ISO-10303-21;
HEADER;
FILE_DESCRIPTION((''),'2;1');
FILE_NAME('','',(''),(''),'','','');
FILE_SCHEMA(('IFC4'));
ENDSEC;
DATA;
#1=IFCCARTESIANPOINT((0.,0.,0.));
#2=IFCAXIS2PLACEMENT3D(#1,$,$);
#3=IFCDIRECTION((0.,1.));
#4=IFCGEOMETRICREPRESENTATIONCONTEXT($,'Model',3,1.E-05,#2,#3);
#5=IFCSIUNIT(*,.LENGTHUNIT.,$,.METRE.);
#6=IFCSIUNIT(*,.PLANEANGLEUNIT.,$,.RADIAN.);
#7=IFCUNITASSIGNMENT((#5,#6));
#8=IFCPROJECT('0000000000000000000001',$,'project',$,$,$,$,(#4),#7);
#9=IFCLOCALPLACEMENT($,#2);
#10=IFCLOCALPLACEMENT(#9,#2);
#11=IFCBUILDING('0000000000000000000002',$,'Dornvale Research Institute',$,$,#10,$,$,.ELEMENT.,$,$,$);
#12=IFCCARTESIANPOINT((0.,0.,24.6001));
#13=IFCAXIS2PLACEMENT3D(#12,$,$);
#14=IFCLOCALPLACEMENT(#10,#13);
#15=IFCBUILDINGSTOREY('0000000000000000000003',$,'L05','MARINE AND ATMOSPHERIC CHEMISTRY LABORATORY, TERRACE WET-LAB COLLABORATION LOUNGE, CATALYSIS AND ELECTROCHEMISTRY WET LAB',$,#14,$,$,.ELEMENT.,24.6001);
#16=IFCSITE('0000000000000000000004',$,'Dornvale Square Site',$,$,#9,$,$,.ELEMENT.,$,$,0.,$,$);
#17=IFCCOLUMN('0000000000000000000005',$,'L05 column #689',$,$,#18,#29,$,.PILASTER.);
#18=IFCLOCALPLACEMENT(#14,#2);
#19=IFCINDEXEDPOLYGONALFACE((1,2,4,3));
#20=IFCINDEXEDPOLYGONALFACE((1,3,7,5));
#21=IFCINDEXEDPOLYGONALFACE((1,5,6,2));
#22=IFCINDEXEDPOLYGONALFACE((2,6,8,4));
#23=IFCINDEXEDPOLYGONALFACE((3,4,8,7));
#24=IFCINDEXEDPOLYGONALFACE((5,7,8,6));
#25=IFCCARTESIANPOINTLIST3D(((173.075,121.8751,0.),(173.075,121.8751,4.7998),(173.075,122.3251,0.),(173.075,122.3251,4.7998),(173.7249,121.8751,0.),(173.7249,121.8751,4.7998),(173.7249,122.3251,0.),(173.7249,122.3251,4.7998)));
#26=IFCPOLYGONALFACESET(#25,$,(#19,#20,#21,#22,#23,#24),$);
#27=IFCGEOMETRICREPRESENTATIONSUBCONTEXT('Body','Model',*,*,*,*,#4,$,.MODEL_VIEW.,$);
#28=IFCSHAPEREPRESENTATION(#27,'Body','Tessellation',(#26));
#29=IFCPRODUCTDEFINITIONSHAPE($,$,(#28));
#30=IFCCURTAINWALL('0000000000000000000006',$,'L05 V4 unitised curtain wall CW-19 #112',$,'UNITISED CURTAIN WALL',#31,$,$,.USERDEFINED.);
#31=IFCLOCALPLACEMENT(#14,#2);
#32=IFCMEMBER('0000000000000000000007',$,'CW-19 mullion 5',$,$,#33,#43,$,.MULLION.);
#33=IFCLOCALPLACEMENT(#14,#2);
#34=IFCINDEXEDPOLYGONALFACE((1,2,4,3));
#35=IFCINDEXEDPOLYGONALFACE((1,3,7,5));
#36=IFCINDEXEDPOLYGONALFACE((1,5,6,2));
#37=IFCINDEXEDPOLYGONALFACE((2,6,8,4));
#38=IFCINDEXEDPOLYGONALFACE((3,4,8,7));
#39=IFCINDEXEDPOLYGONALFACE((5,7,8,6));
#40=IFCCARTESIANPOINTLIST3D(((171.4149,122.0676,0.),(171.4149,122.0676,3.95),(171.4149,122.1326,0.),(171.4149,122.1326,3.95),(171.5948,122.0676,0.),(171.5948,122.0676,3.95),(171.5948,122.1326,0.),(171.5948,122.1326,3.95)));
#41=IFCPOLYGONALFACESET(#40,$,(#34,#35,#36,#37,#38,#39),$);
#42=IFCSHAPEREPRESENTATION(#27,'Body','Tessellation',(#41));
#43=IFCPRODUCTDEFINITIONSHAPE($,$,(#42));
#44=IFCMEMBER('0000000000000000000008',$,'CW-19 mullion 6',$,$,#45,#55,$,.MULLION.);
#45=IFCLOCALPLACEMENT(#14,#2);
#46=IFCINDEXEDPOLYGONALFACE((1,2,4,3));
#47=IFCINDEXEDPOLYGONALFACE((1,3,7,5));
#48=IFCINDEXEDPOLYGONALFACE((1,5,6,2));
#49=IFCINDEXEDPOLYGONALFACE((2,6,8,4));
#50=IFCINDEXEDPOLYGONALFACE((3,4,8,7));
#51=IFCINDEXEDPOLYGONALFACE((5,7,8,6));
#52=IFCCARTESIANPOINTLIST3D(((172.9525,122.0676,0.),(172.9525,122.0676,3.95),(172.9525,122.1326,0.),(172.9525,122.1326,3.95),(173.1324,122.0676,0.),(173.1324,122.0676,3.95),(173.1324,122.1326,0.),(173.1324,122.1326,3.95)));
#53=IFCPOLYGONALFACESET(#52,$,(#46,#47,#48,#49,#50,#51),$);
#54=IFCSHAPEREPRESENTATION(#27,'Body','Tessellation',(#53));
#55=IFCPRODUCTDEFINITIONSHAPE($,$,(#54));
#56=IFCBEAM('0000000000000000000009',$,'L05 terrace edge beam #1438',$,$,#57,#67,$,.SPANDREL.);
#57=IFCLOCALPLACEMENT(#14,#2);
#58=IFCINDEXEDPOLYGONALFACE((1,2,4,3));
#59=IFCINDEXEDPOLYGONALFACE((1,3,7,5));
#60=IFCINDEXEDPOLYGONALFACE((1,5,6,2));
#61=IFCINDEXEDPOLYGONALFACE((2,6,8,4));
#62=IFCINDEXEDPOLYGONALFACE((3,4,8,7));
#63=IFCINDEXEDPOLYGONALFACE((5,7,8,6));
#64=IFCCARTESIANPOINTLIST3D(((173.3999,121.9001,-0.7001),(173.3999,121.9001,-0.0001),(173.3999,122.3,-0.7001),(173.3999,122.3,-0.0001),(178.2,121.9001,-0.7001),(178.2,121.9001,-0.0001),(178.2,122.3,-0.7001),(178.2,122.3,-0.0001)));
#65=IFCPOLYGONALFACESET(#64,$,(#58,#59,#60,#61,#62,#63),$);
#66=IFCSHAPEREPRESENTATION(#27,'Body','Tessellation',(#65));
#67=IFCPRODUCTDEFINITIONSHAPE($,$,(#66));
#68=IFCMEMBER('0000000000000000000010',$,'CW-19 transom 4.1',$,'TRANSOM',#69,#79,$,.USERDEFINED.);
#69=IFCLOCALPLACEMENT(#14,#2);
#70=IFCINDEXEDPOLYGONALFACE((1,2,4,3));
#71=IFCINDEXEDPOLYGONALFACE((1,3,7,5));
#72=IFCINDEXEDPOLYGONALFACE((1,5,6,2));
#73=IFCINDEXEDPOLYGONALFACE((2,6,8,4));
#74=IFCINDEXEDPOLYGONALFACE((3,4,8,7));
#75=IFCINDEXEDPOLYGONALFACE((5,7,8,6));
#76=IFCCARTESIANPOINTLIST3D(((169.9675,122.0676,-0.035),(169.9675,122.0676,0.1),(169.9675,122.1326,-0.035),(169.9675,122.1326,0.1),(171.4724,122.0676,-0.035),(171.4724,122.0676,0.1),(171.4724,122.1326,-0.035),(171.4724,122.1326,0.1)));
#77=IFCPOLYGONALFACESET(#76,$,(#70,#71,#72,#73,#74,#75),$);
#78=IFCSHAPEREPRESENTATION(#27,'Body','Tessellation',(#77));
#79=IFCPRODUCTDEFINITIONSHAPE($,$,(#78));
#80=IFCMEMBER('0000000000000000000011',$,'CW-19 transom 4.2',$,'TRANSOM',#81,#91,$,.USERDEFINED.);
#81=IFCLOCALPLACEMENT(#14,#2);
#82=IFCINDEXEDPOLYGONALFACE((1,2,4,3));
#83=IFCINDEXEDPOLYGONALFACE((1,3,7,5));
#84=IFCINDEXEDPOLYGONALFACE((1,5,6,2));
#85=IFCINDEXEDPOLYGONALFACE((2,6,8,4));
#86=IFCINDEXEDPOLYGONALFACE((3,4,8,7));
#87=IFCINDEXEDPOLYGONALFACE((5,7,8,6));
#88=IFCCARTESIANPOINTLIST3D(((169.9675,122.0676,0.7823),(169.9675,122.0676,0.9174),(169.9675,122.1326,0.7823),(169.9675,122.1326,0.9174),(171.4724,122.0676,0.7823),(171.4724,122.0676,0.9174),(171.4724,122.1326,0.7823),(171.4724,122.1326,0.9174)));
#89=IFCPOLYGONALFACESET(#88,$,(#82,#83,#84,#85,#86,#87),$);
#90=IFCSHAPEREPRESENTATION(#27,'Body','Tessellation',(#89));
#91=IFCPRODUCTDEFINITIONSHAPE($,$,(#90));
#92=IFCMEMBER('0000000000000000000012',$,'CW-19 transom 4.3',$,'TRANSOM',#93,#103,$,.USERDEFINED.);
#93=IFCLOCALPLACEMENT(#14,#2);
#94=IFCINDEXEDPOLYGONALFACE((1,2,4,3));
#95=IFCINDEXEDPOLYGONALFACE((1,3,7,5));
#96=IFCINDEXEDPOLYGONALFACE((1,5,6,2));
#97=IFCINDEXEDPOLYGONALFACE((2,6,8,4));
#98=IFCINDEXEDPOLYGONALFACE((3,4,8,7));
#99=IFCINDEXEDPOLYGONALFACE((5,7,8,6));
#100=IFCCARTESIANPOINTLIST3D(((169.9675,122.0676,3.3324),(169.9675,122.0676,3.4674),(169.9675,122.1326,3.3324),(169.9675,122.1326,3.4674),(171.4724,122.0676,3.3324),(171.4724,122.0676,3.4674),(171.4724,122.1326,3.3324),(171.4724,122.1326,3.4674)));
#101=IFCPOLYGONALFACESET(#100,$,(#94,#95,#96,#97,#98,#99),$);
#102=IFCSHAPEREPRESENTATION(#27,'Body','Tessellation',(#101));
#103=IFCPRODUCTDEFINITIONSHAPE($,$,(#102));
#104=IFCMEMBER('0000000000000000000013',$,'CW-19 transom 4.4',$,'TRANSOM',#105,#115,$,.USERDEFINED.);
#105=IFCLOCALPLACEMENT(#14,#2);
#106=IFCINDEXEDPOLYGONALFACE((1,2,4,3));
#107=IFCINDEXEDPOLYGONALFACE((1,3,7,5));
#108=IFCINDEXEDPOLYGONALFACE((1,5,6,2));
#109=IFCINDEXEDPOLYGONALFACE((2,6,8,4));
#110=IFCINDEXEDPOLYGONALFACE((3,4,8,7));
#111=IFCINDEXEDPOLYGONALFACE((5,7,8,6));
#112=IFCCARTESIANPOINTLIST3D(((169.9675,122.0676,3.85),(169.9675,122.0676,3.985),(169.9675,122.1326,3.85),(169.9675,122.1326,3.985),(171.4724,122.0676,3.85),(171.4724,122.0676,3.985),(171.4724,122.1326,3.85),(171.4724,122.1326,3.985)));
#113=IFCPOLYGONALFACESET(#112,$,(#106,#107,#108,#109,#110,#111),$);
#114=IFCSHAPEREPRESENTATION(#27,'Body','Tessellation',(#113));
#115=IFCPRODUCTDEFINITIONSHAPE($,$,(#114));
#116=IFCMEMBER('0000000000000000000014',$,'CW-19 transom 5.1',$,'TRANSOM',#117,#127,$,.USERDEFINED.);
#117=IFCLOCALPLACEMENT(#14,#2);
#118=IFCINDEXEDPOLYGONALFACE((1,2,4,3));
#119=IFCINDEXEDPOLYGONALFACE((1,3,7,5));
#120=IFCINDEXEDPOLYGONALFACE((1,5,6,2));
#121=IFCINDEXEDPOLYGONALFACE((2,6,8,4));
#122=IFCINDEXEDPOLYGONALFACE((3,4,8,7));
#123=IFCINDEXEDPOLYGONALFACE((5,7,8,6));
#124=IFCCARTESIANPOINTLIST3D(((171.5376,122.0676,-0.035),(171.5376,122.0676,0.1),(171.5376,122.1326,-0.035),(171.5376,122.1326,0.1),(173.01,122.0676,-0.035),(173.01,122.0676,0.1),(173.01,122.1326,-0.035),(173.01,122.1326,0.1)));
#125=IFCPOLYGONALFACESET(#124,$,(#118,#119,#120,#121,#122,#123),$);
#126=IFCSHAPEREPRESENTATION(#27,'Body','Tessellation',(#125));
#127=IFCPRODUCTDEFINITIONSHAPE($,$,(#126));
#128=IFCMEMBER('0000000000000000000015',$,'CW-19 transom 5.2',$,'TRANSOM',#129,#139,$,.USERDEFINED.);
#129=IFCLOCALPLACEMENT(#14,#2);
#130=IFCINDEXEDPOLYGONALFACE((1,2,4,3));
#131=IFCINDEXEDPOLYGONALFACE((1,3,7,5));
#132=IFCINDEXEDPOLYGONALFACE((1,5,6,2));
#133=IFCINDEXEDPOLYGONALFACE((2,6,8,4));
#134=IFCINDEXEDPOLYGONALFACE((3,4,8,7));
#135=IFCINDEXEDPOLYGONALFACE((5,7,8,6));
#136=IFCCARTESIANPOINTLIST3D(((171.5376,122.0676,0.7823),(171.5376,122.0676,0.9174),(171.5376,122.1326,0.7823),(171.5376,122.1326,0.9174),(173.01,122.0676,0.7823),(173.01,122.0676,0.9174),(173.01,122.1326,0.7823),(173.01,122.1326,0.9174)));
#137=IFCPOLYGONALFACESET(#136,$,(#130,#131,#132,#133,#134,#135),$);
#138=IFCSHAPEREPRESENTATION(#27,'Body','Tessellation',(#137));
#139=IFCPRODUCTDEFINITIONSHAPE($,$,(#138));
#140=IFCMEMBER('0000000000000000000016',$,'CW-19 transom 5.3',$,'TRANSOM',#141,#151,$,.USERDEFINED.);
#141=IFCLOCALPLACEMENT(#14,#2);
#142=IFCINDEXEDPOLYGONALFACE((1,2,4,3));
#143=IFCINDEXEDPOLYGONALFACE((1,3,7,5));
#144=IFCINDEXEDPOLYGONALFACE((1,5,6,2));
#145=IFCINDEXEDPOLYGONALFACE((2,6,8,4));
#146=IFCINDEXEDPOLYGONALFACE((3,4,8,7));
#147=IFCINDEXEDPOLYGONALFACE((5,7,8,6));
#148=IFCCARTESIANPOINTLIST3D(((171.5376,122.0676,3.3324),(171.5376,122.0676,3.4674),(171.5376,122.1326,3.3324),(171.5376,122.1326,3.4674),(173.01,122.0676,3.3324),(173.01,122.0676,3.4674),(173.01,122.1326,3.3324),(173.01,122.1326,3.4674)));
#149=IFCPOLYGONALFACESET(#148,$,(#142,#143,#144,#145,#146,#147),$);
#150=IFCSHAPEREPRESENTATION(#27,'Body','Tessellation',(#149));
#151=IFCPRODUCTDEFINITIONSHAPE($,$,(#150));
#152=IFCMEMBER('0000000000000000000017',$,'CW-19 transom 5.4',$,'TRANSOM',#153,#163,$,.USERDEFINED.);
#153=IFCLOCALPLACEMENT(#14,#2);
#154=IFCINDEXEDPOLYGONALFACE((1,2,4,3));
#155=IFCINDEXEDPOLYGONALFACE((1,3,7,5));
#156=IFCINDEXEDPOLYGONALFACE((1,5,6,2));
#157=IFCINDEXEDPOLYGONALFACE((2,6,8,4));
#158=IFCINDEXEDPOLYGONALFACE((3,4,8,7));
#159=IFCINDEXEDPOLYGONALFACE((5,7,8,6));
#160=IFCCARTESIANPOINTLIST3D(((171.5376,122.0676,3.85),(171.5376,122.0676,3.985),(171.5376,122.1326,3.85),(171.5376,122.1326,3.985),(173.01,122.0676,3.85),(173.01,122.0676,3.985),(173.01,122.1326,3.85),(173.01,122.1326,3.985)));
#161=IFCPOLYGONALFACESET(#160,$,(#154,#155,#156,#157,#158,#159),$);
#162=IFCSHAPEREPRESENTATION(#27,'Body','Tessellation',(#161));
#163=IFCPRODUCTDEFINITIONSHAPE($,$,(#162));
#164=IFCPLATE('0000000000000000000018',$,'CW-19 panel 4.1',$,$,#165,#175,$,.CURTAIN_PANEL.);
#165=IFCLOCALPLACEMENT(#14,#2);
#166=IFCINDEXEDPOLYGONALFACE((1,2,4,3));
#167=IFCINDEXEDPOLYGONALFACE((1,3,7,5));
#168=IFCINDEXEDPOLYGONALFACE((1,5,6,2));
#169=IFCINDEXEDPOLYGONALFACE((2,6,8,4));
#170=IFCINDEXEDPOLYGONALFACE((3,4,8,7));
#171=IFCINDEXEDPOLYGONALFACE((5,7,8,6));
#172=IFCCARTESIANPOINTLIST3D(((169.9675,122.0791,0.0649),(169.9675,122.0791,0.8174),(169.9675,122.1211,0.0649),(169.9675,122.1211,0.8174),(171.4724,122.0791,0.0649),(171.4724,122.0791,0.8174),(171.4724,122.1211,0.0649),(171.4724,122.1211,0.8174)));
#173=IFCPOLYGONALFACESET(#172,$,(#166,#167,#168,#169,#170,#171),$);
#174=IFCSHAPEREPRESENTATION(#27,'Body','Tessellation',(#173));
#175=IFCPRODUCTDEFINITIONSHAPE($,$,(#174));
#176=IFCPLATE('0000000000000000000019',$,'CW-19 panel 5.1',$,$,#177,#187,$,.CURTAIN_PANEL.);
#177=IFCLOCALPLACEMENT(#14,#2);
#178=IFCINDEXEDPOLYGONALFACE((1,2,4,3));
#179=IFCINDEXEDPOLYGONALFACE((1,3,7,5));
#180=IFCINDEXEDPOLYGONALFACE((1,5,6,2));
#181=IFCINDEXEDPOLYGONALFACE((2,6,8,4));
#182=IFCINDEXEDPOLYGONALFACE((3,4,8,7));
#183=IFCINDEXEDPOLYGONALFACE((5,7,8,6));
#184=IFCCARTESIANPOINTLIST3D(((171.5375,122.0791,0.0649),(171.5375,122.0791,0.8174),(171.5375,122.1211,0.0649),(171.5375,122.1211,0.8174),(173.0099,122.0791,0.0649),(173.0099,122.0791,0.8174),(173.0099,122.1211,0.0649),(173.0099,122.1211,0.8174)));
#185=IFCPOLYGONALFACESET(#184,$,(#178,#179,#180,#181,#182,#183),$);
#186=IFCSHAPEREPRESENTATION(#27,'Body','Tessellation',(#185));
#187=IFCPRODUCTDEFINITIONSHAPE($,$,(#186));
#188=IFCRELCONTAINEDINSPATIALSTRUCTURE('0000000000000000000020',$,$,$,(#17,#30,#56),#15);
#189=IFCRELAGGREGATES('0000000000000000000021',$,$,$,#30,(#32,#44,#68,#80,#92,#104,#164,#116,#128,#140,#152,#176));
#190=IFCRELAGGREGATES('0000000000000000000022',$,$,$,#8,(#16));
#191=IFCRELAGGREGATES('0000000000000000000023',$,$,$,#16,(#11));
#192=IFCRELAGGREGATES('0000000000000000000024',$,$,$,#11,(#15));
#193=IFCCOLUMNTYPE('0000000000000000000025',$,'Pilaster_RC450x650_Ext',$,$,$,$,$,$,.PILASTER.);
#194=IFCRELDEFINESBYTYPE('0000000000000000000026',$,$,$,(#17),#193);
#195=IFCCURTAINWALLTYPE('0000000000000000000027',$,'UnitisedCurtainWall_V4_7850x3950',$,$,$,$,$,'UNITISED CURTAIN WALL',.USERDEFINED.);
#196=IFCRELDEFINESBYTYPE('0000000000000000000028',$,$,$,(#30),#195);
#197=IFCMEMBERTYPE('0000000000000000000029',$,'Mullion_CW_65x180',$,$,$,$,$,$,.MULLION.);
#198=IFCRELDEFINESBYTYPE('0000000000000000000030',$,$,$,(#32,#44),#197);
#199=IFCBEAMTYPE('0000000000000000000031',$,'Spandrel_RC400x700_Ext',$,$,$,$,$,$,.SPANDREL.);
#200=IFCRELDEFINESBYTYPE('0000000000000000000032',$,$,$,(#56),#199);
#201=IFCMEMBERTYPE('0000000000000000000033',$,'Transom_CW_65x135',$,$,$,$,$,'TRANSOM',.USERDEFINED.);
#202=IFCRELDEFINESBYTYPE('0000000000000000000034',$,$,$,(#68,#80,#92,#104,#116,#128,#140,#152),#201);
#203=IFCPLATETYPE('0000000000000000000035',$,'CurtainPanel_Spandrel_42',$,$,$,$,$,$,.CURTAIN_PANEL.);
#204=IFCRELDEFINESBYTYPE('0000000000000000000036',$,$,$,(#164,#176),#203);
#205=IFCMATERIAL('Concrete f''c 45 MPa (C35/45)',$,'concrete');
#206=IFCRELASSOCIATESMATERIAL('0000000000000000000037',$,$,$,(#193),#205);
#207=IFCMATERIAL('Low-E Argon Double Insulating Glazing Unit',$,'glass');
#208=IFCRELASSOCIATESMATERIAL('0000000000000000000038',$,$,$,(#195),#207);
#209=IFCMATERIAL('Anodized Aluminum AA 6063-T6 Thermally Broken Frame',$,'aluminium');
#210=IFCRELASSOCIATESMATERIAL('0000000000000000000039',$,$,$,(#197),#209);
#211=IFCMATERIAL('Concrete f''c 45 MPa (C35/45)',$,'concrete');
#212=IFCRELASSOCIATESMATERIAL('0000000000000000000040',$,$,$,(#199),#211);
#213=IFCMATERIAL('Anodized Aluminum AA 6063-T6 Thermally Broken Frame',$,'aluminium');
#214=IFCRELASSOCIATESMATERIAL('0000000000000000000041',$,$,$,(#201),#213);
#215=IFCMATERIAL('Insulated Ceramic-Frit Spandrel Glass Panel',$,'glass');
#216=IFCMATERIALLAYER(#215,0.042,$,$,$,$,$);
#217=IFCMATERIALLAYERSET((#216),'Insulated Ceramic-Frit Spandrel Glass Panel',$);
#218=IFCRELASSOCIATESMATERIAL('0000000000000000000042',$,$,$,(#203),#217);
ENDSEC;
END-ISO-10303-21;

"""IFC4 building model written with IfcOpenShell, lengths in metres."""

from ifc_helpers import new_model, si_unit, direction, frame, origin, origin_2d, place, context, subcontext, project, spatial, rectangle, extrude, material, layer, layer_set, material_profile, profile_set, type_object, element, aggregate, save


model = new_model("IFC4")

# Units and contexts
model_context = context("Model", 3, precision=1e-05, world=origin(), true_north=direction((0.0, 1.0)))
body_context = subcontext(model_context, "Body", "Model", "MODEL_VIEW")
ifc_project = project(units=[si_unit("LENGTHUNIT", "METRE"), si_unit("PLANEANGLEUNIT", "RADIAN")], contexts=[model_context])

# Site, building, storey
site_placement = place(None, origin())
site = spatial("IfcSite", under=ifc_project, at=site_placement, Name="Dornvale Square Site", CompositionType="ELEMENT", RefElevation=0.0)
building_placement = place(site_placement, origin())
building = spatial("IfcBuilding", under=site, at=building_placement, Name="Dornvale Research Institute", CompositionType="ELEMENT")
storey_placement = place(building_placement, frame((0.0, 0.0, 24.6001)))
storey = spatial("IfcBuildingStorey", under=building, at=storey_placement, Name="L05", Description="MARINE AND ATMOSPHERIC CHEMISTRY LABORATORY, TERRACE WET-LAB COLLABORATION LOUNGE, CATALYSIS AND ELECTROCHEMISTRY WET LAB", CompositionType="ELEMENT", Elevation=24.6001)

# Column
ifc_material_1 = material(Name="Concrete f'c 45 MPa (C35/45)", Category="concrete")
ifc_material_profile_1 = material_profile(ifc_material_1, rectangle(XDim=0.45, YDim=0.6499, at=origin_2d()), Name="RC 450x650")
ifc_profile_set_1 = profile_set([ifc_material_profile_1], Name="Concrete f'c 45 MPa (C35/45)")
column_type = type_object("IfcColumnType", Name="Pilaster_RC450x650_Ext", PredefinedType="PILASTER", material=ifc_profile_set_1)
column_placement = place(storey_placement, frame((173.3999, 122.1001, 0.0), z_axis=(0.0, 0.0, 1.0), x_axis=(0.0, 1.0, 0.0)))
element("IfcColumn", 1, at=column_placement, inside=storey, type_object=column_type, Name="L05 column #689", PredefinedType="PILASTER", context=body_context, shape_type="SweptSolid", body=[
    extrude(rectangle(XDim=0.45, YDim=0.6499, at=origin_2d()), origin(), (0.0, 0.0, 1.0), 4.7998),
])

# Curtain wall, members
ifc_material_2 = material(Name="Low-E Argon Double Insulating Glazing Unit", Category="glass")
curtain_wall_type = type_object("IfcCurtainWallType", Name="UnitisedCurtainWall_V4_7850x3950", ElementType="UNITISED CURTAIN WALL", PredefinedType="USERDEFINED", material=ifc_material_2)
curtain_wall_placement = place(storey_placement, origin())
curtain_wall = element("IfcCurtainWall", 2, at=curtain_wall_placement, inside=storey, type_object=curtain_wall_type, Name="L05 V4 unitised curtain wall CW-19 #112", ObjectType="UNITISED CURTAIN WALL", PredefinedType="USERDEFINED")
ifc_material_3 = material(Name="Anodized Aluminum AA 6063-T6 Thermally Broken Frame", Category="aluminium")
ifc_material_profile_2 = material_profile(ifc_material_3, rectangle(XDim=0.0649, YDim=0.1799, at=origin_2d()), Name="ALU MULLION 65x180")
ifc_profile_set_2 = profile_set([ifc_material_profile_2], Name="Anodized Aluminum AA 6063-T6 Thermally Broken Frame")
member_type_1 = type_object("IfcMemberType", Name="Mullion_CW_65x180", PredefinedType="MULLION", material=ifc_profile_set_2)
member_1_placement = place(storey_placement, frame((171.5049, 122.1001, 0.0), z_axis=(0.0, 0.0, 1.0), x_axis=(0.0, 1.0, 0.0)))
member_1 = element("IfcMember", 3, at=member_1_placement, type_object=member_type_1, Name="CW-19 mullion 5", PredefinedType="MULLION", context=body_context, shape_type="SweptSolid", body=[
    extrude(rectangle(XDim=0.0649, YDim=0.1799, at=origin_2d()), origin(), (0.0, 0.0, 1.0), 3.95),
])
member_2_placement = place(storey_placement, frame((173.0425, 122.1001, 0.0), z_axis=(0.0, 0.0, 1.0), x_axis=(0.0, 1.0, 0.0)))
member_2 = element("IfcMember", 4, at=member_2_placement, type_object=member_type_1, Name="CW-19 mullion 6", PredefinedType="MULLION", context=body_context, shape_type="SweptSolid", body=[
    extrude(rectangle(XDim=0.0649, YDim=0.1799, at=origin_2d()), origin(), (0.0, 0.0, 1.0), 3.95),
])

# Beam
ifc_material_4 = material(Name="Concrete f'c 45 MPa (C35/45)", Category="concrete")
ifc_material_profile_3 = material_profile(ifc_material_4, rectangle(XDim=0.3999, YDim=0.7, at=origin_2d()), Name="RC 400x700")
ifc_profile_set_3 = profile_set([ifc_material_profile_3], Name="Concrete f'c 45 MPa (C35/45)")
beam_type = type_object("IfcBeamType", Name="Spandrel_RC400x700_Ext", PredefinedType="SPANDREL", material=ifc_profile_set_3)
beam_placement = place(storey_placement, frame((173.3999, 122.1001, -0.3501), z_axis=(1.0, 0.0, 0.0), x_axis=(0.0, 1.0, 0.0)))
element("IfcBeam", 5, at=beam_placement, inside=storey, type_object=beam_type, Name="L05 terrace edge beam #1438", PredefinedType="SPANDREL", context=body_context, shape_type="SweptSolid", body=[
    extrude(rectangle(XDim=0.3999, YDim=0.7, at=origin_2d()), origin(), (0.0, 0.0, 1.0), 4.8),
])

# Members
ifc_material_5 = material(Name="Anodized Aluminum AA 6063-T6 Thermally Broken Frame", Category="aluminium")
ifc_material_profile_4 = material_profile(ifc_material_5, rectangle(XDim=0.0649, YDim=0.135, at=origin_2d()), Name="ALU TRANSOM 65x135")
ifc_profile_set_4 = profile_set([ifc_material_profile_4], Name="Anodized Aluminum AA 6063-T6 Thermally Broken Frame")
member_type_2 = type_object("IfcMemberType", Name="Transom_CW_65x135", ElementType="TRANSOM", PredefinedType="USERDEFINED", material=ifc_profile_set_4)
member_3_placement = place(storey_placement, frame((169.9675, 122.1001, 0.0325), z_axis=(1.0, 0.0, 0.0), x_axis=(0.0, 1.0, 0.0)))
member_3 = element("IfcMember", 6, at=member_3_placement, type_object=member_type_2, Name="CW-19 transom 4.1", ObjectType="TRANSOM", PredefinedType="USERDEFINED", context=body_context, shape_type="SweptSolid", body=[
    extrude(rectangle(XDim=0.0649, YDim=0.135, at=origin_2d()), origin(), (0.0, 0.0, 1.0), 1.5049),
])
member_4_placement = place(storey_placement, frame((169.9675, 122.1001, 0.8499), z_axis=(1.0, 0.0, 0.0), x_axis=(0.0, 1.0, 0.0)))
member_4 = element("IfcMember", 7, at=member_4_placement, type_object=member_type_2, Name="CW-19 transom 4.2", ObjectType="TRANSOM", PredefinedType="USERDEFINED", context=body_context, shape_type="SweptSolid", body=[
    extrude(rectangle(XDim=0.0649, YDim=0.135, at=origin_2d()), origin(), (0.0, 0.0, 1.0), 1.5049),
])
member_5_placement = place(storey_placement, frame((169.9675, 122.1001, 3.3999), z_axis=(1.0, 0.0, 0.0), x_axis=(0.0, 1.0, 0.0)))
member_5 = element("IfcMember", 8, at=member_5_placement, type_object=member_type_2, Name="CW-19 transom 4.3", ObjectType="TRANSOM", PredefinedType="USERDEFINED", context=body_context, shape_type="SweptSolid", body=[
    extrude(rectangle(XDim=0.0649, YDim=0.135, at=origin_2d()), origin(), (0.0, 0.0, 1.0), 1.5049),
])
member_6_placement = place(storey_placement, frame((169.9675, 122.1001, 3.9175), z_axis=(1.0, 0.0, 0.0), x_axis=(0.0, 1.0, 0.0)))
member_6 = element("IfcMember", 9, at=member_6_placement, type_object=member_type_2, Name="CW-19 transom 4.4", ObjectType="TRANSOM", PredefinedType="USERDEFINED", context=body_context, shape_type="SweptSolid", body=[
    extrude(rectangle(XDim=0.0649, YDim=0.135, at=origin_2d()), origin(), (0.0, 0.0, 1.0), 1.5049),
])
member_7_placement = place(storey_placement, frame((171.5376, 122.1001, 0.0325), z_axis=(1.0, 0.0, 0.0), x_axis=(0.0, 1.0, 0.0)))
member_7 = element("IfcMember", 10, at=member_7_placement, type_object=member_type_2, Name="CW-19 transom 5.1", ObjectType="TRANSOM", PredefinedType="USERDEFINED", context=body_context, shape_type="SweptSolid", body=[
    extrude(rectangle(XDim=0.0649, YDim=0.135, at=origin_2d()), origin(), (0.0, 0.0, 1.0), 1.4724),
])
member_8_placement = place(storey_placement, frame((171.5376, 122.1001, 0.8499), z_axis=(1.0, 0.0, 0.0), x_axis=(0.0, 1.0, 0.0)))
member_8 = element("IfcMember", 11, at=member_8_placement, type_object=member_type_2, Name="CW-19 transom 5.2", ObjectType="TRANSOM", PredefinedType="USERDEFINED", context=body_context, shape_type="SweptSolid", body=[
    extrude(rectangle(XDim=0.0649, YDim=0.135, at=origin_2d()), origin(), (0.0, 0.0, 1.0), 1.4724),
])
member_9_placement = place(storey_placement, frame((171.5376, 122.1001, 3.3999), z_axis=(1.0, 0.0, 0.0), x_axis=(0.0, 1.0, 0.0)))
member_9 = element("IfcMember", 12, at=member_9_placement, type_object=member_type_2, Name="CW-19 transom 5.3", ObjectType="TRANSOM", PredefinedType="USERDEFINED", context=body_context, shape_type="SweptSolid", body=[
    extrude(rectangle(XDim=0.0649, YDim=0.135, at=origin_2d()), origin(), (0.0, 0.0, 1.0), 1.4724),
])
member_10_placement = place(storey_placement, frame((171.5376, 122.1001, 3.9175), z_axis=(1.0, 0.0, 0.0), x_axis=(0.0, 1.0, 0.0)))
member_10 = element("IfcMember", 13, at=member_10_placement, type_object=member_type_2, Name="CW-19 transom 5.4", ObjectType="TRANSOM", PredefinedType="USERDEFINED", context=body_context, shape_type="SweptSolid", body=[
    extrude(rectangle(XDim=0.0649, YDim=0.135, at=origin_2d()), origin(), (0.0, 0.0, 1.0), 1.4724),
])

# Plates
ifc_material_6 = material(Name="Insulated Ceramic-Frit Spandrel Glass Panel", Category="glass")
ifc_layer_1 = layer(ifc_material_6, 0.042)
ifc_layer_set_1 = layer_set([ifc_layer_1], Name="Insulated Ceramic-Frit Spandrel Glass Panel")
plate_type_1 = type_object("IfcPlateType", Name="CurtainPanel_Spandrel_42", PredefinedType="CURTAIN_PANEL", material=ifc_layer_set_1)
plate_1_placement = place(storey_placement, frame((170.72, 122.1001, 0.0649), z_axis=(0.0, 0.0, 1.0), x_axis=(1.0, 0.0, 0.0)))
plate_1 = element("IfcPlate", 14, at=plate_1_placement, type_object=plate_type_1, Name="CW-19 panel 4.1", PredefinedType="CURTAIN_PANEL", context=body_context, shape_type="SweptSolid", body=[
    extrude(rectangle(XDim=1.5049, YDim=0.042, at=origin_2d()), origin(), (0.0, 0.0, 1.0), 0.7524),
])
plate_2_placement = place(storey_placement, frame((172.2737, 122.1001, 0.0649), z_axis=(0.0, 0.0, 1.0), x_axis=(1.0, 0.0, 0.0)))
plate_2 = element("IfcPlate", 15, at=plate_2_placement, type_object=plate_type_1, Name="CW-19 panel 5.1", PredefinedType="CURTAIN_PANEL", context=body_context, shape_type="SweptSolid", body=[
    extrude(rectangle(XDim=1.4724, YDim=0.042, at=origin_2d()), origin(), (0.0, 0.0, 1.0), 0.7524),
])
aggregate(curtain_wall, [member_1, member_2, member_3, member_4, member_5, member_6, plate_1, member_7, member_8, member_9, member_10, plate_2])

save(model, "model.ifc")
